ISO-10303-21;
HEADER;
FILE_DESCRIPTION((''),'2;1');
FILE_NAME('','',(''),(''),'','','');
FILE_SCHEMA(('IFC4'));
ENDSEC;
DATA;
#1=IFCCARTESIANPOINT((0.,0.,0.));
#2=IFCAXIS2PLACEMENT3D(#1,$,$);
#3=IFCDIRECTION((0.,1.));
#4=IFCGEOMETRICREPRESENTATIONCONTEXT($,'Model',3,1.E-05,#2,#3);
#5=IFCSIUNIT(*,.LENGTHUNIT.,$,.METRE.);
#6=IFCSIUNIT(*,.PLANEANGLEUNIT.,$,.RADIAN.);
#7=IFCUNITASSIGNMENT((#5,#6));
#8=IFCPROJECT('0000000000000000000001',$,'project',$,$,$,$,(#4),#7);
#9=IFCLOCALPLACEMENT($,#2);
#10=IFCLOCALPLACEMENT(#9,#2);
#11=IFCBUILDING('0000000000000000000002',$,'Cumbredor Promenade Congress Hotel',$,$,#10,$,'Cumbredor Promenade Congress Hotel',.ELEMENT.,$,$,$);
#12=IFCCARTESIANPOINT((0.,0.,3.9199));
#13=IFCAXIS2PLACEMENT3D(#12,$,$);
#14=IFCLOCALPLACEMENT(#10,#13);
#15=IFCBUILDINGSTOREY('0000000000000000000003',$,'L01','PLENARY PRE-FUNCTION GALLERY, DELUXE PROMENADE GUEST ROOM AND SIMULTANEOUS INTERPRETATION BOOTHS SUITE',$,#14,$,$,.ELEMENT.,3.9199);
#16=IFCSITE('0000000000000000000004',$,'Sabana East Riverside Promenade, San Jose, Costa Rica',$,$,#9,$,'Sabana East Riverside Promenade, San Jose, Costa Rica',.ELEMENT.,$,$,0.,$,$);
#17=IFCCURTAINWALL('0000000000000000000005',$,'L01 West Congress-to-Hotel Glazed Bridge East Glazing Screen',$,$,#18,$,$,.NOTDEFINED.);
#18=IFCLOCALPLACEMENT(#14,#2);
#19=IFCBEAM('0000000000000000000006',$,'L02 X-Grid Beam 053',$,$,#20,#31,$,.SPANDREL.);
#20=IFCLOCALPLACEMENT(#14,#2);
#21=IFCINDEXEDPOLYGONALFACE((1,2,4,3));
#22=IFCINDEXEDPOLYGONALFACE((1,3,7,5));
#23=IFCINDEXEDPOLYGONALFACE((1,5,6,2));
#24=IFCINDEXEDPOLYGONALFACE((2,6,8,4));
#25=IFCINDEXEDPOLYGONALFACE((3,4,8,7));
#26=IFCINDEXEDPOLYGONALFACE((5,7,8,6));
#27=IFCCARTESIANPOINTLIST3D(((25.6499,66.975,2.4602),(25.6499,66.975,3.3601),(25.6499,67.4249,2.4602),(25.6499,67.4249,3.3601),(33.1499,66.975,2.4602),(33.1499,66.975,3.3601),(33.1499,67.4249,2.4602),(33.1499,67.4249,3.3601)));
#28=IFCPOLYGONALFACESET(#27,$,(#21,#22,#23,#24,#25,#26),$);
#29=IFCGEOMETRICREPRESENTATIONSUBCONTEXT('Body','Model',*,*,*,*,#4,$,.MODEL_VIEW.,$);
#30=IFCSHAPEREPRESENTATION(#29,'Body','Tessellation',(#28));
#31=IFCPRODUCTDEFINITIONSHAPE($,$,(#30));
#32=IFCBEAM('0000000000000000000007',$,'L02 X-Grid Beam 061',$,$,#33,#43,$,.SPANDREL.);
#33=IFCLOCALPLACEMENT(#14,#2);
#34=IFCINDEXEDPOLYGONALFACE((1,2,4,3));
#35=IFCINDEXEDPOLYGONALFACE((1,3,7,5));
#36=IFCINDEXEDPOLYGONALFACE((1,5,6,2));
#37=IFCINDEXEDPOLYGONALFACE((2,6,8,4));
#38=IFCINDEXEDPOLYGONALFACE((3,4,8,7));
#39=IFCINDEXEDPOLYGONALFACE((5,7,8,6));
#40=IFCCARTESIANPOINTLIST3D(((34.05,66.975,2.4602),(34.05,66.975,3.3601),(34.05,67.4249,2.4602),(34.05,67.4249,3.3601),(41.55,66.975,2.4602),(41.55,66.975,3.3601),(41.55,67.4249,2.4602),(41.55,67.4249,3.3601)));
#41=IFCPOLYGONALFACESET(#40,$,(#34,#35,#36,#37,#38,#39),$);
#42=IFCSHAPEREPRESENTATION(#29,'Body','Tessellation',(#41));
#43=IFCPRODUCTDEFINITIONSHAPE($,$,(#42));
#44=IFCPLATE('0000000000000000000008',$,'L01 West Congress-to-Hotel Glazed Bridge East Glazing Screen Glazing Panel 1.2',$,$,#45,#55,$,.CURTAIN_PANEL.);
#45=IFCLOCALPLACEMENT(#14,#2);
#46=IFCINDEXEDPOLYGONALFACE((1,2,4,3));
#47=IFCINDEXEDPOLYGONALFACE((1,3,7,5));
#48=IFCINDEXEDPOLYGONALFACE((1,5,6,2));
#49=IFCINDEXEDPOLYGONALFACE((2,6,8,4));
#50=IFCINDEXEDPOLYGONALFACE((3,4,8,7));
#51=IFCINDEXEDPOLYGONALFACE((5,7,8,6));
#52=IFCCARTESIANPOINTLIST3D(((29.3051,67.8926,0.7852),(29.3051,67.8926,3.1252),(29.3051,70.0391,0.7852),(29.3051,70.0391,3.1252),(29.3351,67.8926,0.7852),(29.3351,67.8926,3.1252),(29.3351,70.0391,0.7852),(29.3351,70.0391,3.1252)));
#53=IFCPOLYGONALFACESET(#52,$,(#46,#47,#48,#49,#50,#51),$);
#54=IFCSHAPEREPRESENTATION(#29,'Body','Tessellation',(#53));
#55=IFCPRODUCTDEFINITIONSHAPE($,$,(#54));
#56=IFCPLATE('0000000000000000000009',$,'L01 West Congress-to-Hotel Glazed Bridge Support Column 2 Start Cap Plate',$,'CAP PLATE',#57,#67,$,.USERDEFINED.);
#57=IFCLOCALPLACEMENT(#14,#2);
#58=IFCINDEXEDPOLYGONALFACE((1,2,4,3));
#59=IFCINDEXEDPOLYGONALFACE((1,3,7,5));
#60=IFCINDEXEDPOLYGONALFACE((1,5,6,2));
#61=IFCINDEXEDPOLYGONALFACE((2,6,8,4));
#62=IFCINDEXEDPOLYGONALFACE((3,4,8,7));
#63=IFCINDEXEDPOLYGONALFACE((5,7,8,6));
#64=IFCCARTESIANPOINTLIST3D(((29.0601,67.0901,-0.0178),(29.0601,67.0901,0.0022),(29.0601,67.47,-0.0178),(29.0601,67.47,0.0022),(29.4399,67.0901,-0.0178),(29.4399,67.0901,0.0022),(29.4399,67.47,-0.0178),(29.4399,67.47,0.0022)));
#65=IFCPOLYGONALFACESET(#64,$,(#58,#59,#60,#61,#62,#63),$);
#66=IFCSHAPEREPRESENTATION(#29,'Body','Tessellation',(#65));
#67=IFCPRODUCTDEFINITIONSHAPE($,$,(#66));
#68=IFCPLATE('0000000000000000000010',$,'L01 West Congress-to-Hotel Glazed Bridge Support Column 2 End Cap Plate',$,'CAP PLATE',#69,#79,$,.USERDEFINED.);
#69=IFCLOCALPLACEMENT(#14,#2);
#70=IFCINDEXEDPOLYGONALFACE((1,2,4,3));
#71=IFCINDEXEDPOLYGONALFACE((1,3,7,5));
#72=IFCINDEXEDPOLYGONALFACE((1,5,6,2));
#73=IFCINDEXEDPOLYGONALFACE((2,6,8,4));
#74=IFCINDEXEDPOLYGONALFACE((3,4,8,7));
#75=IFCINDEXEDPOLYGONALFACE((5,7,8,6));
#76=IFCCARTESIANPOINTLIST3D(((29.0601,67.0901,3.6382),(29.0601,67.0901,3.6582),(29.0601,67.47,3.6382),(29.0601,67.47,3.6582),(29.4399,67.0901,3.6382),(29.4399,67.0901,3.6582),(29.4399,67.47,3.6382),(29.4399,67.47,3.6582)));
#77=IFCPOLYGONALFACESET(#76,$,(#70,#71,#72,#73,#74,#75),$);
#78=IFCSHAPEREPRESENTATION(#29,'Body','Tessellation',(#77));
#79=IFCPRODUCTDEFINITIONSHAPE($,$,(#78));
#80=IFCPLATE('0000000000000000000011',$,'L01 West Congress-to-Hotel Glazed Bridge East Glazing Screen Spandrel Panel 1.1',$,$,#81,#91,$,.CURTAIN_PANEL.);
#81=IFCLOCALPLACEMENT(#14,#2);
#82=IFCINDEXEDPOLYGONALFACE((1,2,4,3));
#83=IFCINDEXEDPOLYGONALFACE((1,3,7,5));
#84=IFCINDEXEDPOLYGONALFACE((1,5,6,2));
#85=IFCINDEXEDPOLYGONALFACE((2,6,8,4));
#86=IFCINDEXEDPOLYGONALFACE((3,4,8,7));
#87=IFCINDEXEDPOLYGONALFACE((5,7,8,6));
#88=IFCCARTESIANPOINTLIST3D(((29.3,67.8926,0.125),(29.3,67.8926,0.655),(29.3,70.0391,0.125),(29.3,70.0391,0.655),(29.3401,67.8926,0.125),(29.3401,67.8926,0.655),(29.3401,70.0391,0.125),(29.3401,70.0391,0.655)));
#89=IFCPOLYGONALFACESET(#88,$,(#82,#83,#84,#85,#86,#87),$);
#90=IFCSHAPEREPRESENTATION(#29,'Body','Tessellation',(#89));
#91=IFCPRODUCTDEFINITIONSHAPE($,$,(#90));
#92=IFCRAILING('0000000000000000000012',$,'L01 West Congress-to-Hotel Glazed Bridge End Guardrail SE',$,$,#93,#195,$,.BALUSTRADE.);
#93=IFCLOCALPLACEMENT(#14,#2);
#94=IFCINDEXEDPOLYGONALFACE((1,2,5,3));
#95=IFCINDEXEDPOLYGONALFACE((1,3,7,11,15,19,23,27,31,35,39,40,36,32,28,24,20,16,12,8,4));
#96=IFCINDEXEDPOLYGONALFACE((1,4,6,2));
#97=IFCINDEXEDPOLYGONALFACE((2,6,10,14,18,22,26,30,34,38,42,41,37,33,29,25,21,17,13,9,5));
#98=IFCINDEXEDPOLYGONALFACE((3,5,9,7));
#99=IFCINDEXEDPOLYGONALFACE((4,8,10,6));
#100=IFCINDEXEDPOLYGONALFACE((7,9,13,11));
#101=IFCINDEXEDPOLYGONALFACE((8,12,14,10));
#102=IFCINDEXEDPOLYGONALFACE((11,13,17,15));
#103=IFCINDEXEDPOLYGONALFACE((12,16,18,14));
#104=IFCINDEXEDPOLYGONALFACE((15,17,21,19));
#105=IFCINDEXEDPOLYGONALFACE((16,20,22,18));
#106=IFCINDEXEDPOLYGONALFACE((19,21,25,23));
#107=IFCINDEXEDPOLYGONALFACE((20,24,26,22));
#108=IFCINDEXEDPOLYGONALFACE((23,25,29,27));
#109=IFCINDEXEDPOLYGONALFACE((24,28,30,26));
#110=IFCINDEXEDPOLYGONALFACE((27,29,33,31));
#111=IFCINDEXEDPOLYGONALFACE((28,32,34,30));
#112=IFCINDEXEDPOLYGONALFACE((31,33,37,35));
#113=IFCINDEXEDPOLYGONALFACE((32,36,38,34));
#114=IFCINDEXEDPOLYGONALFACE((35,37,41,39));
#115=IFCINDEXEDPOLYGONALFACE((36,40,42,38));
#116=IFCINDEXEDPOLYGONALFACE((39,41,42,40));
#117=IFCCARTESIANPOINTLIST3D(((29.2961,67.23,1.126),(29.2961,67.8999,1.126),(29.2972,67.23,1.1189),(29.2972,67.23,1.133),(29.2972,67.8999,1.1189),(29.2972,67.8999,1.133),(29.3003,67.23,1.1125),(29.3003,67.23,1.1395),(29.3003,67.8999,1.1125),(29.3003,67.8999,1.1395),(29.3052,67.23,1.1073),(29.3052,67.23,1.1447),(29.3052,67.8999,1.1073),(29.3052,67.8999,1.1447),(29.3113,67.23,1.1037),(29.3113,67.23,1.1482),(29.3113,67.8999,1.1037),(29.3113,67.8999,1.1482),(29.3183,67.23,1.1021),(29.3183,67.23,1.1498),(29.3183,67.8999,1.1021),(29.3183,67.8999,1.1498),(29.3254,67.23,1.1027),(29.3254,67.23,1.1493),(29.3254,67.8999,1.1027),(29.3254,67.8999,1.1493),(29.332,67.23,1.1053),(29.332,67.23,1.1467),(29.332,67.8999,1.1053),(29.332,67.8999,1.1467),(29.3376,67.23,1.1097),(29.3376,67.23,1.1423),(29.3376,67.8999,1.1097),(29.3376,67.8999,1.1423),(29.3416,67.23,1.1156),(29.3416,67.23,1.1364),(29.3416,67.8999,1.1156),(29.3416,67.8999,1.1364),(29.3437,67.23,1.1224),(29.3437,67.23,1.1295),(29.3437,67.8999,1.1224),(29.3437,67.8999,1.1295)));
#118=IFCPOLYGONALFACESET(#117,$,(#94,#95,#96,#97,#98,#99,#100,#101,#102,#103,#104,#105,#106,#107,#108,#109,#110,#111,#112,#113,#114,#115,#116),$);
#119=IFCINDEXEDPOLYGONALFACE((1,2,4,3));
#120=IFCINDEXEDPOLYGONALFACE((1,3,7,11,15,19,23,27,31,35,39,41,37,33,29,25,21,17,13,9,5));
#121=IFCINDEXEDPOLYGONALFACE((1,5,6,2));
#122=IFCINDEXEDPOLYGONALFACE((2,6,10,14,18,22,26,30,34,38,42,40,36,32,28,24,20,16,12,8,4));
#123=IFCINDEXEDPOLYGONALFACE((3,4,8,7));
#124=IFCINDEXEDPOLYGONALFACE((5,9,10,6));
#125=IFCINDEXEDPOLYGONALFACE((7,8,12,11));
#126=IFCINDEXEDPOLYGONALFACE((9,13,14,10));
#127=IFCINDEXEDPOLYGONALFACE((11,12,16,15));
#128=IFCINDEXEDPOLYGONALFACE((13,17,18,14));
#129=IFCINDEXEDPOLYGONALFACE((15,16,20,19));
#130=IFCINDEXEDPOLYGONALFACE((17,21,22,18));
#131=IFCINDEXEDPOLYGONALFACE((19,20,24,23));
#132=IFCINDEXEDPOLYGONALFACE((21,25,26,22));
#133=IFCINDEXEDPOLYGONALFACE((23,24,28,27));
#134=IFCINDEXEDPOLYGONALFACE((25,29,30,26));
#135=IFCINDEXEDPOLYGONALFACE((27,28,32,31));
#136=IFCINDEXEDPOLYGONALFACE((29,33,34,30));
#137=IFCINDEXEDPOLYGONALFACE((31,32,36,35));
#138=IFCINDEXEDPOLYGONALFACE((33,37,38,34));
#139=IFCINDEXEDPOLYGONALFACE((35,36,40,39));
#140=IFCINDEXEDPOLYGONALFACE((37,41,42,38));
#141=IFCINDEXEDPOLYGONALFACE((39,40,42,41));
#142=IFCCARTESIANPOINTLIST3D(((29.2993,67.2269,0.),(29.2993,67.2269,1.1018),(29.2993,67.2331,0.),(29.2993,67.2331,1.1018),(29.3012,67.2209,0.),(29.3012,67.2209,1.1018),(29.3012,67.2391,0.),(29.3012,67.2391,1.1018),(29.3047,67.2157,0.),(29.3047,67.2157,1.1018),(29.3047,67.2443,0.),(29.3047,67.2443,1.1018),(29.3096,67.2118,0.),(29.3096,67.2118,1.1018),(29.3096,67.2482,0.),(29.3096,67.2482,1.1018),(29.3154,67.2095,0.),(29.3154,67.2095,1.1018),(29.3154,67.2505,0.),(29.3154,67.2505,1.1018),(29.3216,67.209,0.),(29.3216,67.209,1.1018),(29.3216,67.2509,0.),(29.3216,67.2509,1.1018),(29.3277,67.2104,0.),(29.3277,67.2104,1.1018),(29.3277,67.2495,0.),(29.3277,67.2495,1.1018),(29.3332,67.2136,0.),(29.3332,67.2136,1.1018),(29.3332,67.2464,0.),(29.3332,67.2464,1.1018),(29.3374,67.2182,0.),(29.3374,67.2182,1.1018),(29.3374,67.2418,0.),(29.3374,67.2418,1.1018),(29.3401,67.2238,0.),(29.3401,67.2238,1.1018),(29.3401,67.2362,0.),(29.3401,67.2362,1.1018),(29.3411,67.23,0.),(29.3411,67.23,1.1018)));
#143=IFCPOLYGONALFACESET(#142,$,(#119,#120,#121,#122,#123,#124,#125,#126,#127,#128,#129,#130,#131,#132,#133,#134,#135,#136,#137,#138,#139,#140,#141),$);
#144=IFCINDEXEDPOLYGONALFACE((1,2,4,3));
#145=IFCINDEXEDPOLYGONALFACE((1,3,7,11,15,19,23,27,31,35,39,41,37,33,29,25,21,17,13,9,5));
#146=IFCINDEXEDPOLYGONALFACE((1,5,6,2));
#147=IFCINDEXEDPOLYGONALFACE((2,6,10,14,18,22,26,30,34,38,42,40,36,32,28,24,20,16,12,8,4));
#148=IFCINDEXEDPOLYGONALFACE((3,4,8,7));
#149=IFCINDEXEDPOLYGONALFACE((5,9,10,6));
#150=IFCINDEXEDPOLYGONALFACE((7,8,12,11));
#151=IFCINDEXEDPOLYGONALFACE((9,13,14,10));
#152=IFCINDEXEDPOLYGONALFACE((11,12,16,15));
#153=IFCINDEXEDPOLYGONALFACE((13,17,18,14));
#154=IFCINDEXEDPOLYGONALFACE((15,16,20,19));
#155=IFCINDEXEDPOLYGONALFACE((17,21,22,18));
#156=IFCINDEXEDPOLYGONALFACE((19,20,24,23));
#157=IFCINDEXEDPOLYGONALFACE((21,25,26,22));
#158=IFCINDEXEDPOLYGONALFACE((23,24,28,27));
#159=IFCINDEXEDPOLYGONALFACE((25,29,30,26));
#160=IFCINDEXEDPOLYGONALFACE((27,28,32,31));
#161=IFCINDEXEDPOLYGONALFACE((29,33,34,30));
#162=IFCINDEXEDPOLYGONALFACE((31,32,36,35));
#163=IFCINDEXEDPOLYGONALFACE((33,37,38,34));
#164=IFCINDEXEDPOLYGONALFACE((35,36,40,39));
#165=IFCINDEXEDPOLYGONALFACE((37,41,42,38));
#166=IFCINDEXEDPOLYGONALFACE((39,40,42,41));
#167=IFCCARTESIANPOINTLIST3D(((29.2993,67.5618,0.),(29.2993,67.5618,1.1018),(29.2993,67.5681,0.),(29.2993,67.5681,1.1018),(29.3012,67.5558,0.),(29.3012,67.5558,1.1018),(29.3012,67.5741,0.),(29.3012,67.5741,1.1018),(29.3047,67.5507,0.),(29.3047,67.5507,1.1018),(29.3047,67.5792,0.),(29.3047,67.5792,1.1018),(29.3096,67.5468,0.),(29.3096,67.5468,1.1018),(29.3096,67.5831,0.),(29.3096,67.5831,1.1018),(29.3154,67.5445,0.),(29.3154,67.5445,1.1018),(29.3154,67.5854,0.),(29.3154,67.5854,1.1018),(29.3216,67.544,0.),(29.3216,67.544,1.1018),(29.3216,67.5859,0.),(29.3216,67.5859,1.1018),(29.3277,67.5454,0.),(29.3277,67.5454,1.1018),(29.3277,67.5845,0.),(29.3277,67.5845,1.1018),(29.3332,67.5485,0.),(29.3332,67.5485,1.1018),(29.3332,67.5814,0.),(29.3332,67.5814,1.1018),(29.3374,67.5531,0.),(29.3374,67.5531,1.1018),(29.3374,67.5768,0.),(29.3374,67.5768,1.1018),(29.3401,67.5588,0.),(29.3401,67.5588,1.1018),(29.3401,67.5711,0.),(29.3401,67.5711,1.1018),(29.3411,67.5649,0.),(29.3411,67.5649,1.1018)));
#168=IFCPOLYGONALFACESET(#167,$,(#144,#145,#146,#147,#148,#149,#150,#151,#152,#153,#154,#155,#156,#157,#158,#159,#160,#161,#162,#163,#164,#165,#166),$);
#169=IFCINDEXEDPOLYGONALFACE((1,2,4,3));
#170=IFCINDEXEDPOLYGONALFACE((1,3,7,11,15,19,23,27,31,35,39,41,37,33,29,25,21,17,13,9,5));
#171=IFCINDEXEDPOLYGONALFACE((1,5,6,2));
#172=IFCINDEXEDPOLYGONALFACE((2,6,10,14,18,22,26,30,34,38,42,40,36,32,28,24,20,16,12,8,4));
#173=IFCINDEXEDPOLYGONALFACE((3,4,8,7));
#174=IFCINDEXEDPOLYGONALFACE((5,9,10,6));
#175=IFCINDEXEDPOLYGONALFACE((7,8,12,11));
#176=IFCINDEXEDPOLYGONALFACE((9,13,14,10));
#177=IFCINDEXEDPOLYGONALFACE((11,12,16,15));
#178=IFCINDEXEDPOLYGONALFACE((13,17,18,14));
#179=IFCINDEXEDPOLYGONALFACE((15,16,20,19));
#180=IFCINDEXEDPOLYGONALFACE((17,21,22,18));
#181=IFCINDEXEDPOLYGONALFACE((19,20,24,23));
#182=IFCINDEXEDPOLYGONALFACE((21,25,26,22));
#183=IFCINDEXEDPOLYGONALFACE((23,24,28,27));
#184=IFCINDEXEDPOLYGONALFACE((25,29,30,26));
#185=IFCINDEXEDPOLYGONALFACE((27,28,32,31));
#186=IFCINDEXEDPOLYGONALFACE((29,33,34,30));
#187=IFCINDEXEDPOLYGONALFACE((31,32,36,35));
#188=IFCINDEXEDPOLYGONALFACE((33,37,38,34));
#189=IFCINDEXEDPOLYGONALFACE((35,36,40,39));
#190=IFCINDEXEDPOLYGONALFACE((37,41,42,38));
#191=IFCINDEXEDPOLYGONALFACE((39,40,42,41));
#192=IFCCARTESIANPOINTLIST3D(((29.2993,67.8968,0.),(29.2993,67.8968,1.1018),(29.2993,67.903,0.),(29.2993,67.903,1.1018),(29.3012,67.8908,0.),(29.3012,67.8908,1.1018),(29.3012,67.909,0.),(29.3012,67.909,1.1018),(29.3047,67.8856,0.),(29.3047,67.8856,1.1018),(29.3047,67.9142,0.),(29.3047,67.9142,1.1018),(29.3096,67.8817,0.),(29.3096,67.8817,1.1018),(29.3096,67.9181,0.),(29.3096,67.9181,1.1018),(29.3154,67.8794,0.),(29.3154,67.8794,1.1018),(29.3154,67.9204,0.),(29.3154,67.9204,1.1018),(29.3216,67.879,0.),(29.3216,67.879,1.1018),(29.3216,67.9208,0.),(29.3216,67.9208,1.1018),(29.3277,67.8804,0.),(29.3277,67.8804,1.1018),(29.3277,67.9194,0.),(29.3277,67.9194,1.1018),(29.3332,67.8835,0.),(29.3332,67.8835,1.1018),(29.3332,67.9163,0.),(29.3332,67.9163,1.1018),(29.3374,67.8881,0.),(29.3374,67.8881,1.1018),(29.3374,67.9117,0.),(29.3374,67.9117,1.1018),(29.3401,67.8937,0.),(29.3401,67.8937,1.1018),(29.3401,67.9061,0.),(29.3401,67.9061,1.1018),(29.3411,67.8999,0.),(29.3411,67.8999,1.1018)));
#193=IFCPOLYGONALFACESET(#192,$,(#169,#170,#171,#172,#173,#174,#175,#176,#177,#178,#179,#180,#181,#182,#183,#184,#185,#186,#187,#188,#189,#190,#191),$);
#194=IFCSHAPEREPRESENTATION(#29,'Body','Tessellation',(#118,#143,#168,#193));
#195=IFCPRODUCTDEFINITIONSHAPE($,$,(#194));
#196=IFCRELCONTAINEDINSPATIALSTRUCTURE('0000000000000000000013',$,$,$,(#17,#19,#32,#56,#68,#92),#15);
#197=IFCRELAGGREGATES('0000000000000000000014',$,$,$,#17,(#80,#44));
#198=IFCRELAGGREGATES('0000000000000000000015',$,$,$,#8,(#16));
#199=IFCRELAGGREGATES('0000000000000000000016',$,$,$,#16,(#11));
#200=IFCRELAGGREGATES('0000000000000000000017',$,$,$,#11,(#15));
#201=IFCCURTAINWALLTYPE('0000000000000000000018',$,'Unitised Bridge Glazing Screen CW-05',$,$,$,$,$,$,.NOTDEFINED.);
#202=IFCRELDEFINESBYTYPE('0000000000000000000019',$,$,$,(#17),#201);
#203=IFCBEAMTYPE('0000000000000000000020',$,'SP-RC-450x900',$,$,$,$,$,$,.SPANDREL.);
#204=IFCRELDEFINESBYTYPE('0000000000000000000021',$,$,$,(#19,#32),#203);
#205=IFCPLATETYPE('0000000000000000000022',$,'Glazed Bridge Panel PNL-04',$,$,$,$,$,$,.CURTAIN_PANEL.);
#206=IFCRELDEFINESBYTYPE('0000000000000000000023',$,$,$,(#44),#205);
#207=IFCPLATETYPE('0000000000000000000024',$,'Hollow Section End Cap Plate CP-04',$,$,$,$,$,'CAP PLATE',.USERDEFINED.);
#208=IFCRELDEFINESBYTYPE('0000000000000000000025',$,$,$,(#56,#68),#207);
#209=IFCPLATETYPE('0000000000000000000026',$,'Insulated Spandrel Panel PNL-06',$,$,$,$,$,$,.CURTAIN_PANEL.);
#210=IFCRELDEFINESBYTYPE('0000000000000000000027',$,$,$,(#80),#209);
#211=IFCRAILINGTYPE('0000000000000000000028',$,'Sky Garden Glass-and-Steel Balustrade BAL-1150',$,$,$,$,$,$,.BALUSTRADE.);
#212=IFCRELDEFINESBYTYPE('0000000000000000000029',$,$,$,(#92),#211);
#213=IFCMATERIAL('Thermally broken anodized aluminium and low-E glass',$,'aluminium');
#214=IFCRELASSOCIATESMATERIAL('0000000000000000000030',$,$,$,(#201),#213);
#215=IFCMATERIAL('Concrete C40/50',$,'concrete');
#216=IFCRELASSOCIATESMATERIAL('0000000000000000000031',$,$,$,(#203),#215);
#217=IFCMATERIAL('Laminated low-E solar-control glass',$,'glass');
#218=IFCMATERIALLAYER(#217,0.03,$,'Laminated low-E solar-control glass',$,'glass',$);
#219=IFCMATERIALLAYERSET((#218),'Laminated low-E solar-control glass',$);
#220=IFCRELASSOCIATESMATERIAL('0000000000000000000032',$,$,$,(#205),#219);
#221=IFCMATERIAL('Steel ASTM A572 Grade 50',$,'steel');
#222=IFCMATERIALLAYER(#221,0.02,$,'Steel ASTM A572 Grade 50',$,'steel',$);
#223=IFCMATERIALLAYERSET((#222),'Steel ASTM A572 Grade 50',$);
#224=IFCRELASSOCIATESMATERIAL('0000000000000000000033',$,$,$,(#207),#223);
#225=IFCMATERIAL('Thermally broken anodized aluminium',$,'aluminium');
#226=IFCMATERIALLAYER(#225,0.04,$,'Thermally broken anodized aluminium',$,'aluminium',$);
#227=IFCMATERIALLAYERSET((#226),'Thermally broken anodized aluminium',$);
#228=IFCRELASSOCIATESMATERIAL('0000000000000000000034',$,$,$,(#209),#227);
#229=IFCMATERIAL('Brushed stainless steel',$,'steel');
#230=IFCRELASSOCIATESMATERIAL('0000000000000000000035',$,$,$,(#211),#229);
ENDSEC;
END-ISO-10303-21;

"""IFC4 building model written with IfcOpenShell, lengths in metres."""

from ifc_helpers import new_model, si_unit, direction, frame, origin, origin_2d, place, context, subcontext, project, spatial, rectangle, circle, extrude, material, layer, layer_set, material_profile, profile_set, type_object, element, aggregate, save


model = new_model("IFC4")

# Units and contexts
model_context = context("Model", 3, precision=1e-05, world=origin(), true_north=direction((0.0, 1.0)))
body_context = subcontext(model_context, "Body", "Model", "MODEL_VIEW")
ifc_project = project(units=[si_unit("LENGTHUNIT", "METRE"), si_unit("PLANEANGLEUNIT", "RADIAN")], contexts=[model_context])

# Site, building, storey
site_placement = place(None, origin())
site = spatial("IfcSite", under=ifc_project, at=site_placement, Name="Sabana East Riverside Promenade, San Jose, Costa Rica", LongName="Sabana East Riverside Promenade, San Jose, Costa Rica", CompositionType="ELEMENT", RefElevation=0.0)
building_placement = place(site_placement, origin())
building = spatial("IfcBuilding", under=site, at=building_placement, Name="Cumbredor Promenade Congress Hotel", LongName="Cumbredor Promenade Congress Hotel", CompositionType="ELEMENT")
storey_placement = place(building_placement, frame((0.0, 0.0, 3.9199)))
storey = spatial("IfcBuildingStorey", under=building, at=storey_placement, Name="L01", Description="PLENARY PRE-FUNCTION GALLERY, DELUXE PROMENADE GUEST ROOM AND SIMULTANEOUS INTERPRETATION BOOTHS SUITE", CompositionType="ELEMENT", Elevation=3.9199)

# Curtain wall
ifc_material_1 = material(Name="Thermally broken anodized aluminium and low-E glass", Category="aluminium")
curtain_wall_type_1 = type_object("IfcCurtainWallType", Name="Unitised Bridge Glazing Screen CW-05", PredefinedType="NOTDEFINED", material=ifc_material_1)
curtain_wall_1_placement = place(storey_placement, origin())
curtain_wall_1 = element("IfcCurtainWall", 1, at=curtain_wall_1_placement, inside=storey, type_object=curtain_wall_type_1, Name="L01 West Congress-to-Hotel Glazed Bridge East Glazing Screen", PredefinedType="NOTDEFINED")
ifc_material_2 = material(Name="Thermally broken anodized aluminium", Category="aluminium")

# Beams
ifc_material_3 = material(Name="Concrete C40/50", Category="concrete")
ifc_material_profile_1 = material_profile(ifc_material_3, rectangle(XDim=0.45, YDim=0.8999, at=origin_2d()), Name="RC SPANDREL 450x900")
ifc_profile_set_1 = profile_set([ifc_material_profile_1], Name="Concrete C40/50")
beam_type_1 = type_object("IfcBeamType", Name="SP-RC-450x900", PredefinedType="SPANDREL", material=ifc_profile_set_1)
for number, where, z_axis, x_axis, name in (
    (2, (25.6499, 67.2, 2.9102), (1.0, 0.0, 0.0), (0.0, 1.0, 0.0), "L02 X-Grid Beam 053"),
    (3, (34.05, 67.2, 2.9102), (1.0, 0.0, 0.0), (0.0, 1.0, 0.0), "L02 X-Grid Beam 061"),
):
    element("IfcBeam", number, at=place(storey_placement, frame(where, z_axis=z_axis, x_axis=x_axis)), inside=storey, type_object=beam_type_1, Name=name, PredefinedType="SPANDREL", context=body_context, shape_type="SweptSolid", body=[
        extrude(rectangle(XDim=0.45, YDim=0.8999, at=origin_2d()), origin(), (0.0, 0.0, 1.0), 7.5),
    ])

# Plate
ifc_material_4 = material(Name="Laminated low-E solar-control glass", Category="glass")
ifc_layer_1 = layer(ifc_material_4, 0.03, Name="Laminated low-E solar-control glass", Category="glass")
ifc_layer_set_1 = layer_set([ifc_layer_1], Name="Laminated low-E solar-control glass")
plate_type_1 = type_object("IfcPlateType", Name="Glazed Bridge Panel PNL-04", PredefinedType="CURTAIN_PANEL", material=ifc_layer_set_1)
plate_1_placement = place(storey_placement, frame((29.3201, 68.9658, 0.7852), z_axis=(0.0, 0.0, 1.0), x_axis=(0.0, 1.0, 0.0)))
plate_1 = element("IfcPlate", 4, at=plate_1_placement, type_object=plate_type_1, Name="L01 West Congress-to-Hotel Glazed Bridge East Glazing Screen Glazing Panel 1.2", PredefinedType="CURTAIN_PANEL", context=body_context, shape_type="SweptSolid", body=[
    extrude(rectangle(XDim=2.1465, YDim=0.03, at=origin_2d()), origin(), (0.0, 0.0, 1.0), 2.3401),
])

# Plates
ifc_material_5 = material(Name="Steel ASTM A572 Grade 50", Category="steel")
ifc_layer_2 = layer(ifc_material_5, 0.02, Name="Steel ASTM A572 Grade 50", Category="steel")
ifc_layer_set_2 = layer_set([ifc_layer_2], Name="Steel ASTM A572 Grade 50")
plate_type_2 = type_object("IfcPlateType", Name="Hollow Section End Cap Plate CP-04", ElementType="CAP PLATE", PredefinedType="USERDEFINED", material=ifc_layer_set_2)
for number, where, z_axis, x_axis, name in (
    (5, (29.25, 67.28, -0.0178), (0.0, 0.0, 1.0), (1.0, 0.0, 0.0), "L01 West Congress-to-Hotel Glazed Bridge Support Column 2 Start Cap Plate"),
    (6, (29.25, 67.28, 3.6382), (0.0, 0.0, 1.0), (1.0, 0.0, 0.0), "L01 West Congress-to-Hotel Glazed Bridge Support Column 2 End Cap Plate"),
):
    element("IfcPlate", number, at=place(storey_placement, frame(where, z_axis=z_axis, x_axis=x_axis)), inside=storey, type_object=plate_type_2, Name=name, ObjectType="CAP PLATE", PredefinedType="USERDEFINED", context=body_context, shape_type="SweptSolid", body=[
        extrude(rectangle(XDim=0.3799, YDim=0.3799, at=origin_2d()), origin(), (0.0, 0.0, 1.0), 0.02),
    ])

# Plate
ifc_layer_3 = layer(ifc_material_2, 0.04, Name="Thermally broken anodized aluminium", Category="aluminium")
ifc_layer_set_3 = layer_set([ifc_layer_3], Name="Thermally broken anodized aluminium")
plate_type_3 = type_object("IfcPlateType", Name="Insulated Spandrel Panel PNL-06", PredefinedType="CURTAIN_PANEL", material=ifc_layer_set_3)
plate_2_placement = place(storey_placement, frame((29.3201, 68.9658, 0.125), z_axis=(0.0, 0.0, 1.0), x_axis=(0.0, 1.0, 0.0)))
plate_2 = element("IfcPlate", 7, at=plate_2_placement, type_object=plate_type_3, Name="L01 West Congress-to-Hotel Glazed Bridge East Glazing Screen Spandrel Panel 1.1", PredefinedType="CURTAIN_PANEL", context=body_context, shape_type="SweptSolid", body=[
    extrude(rectangle(XDim=2.1465, YDim=0.04, at=origin_2d()), origin(), (0.0, 0.0, 1.0), 0.53),
])
aggregate(curtain_wall_1, [plate_2, plate_1])

# Railing
ifc_material_6 = material(Name="Brushed stainless steel", Category="steel")
railing_type = type_object("IfcRailingType", Name="Sky Garden Glass-and-Steel Balustrade BAL-1150", PredefinedType="BALUSTRADE", material=ifc_material_6)
railing_placement = place(storey_placement, frame((29.3201, 67.23, 0.0)))
element("IfcRailing", 8, at=railing_placement, inside=storey, type_object=railing_type, Name="L01 West Congress-to-Hotel Glazed Bridge End Guardrail SE", PredefinedType="BALUSTRADE", context=body_context, shape_type="SweptSolid", body=[
    extrude(circle(Radius=0.0239, at=origin_2d()), frame((0.0, 0.0, 1.126), z_axis=(0.0, 1.0, 0.0), x_axis=(-1.0, 0.0, 0.0)), (0.0, 0.0, 1.0), 0.6699),
    extrude(circle(Radius=0.021, at=origin_2d()), origin(), (0.0, 0.0, 1.0), 1.1018),
    extrude(circle(Radius=0.021, at=origin_2d()), frame((0.0, 0.335, 0.0)), (0.0, 0.0, 1.0), 1.1018),
    extrude(circle(Radius=0.021, at=origin_2d()), frame((0.0, 0.6699, 0.0)), (0.0, 0.0, 1.0), 1.1018),
])

save(model, "model.ifc")
